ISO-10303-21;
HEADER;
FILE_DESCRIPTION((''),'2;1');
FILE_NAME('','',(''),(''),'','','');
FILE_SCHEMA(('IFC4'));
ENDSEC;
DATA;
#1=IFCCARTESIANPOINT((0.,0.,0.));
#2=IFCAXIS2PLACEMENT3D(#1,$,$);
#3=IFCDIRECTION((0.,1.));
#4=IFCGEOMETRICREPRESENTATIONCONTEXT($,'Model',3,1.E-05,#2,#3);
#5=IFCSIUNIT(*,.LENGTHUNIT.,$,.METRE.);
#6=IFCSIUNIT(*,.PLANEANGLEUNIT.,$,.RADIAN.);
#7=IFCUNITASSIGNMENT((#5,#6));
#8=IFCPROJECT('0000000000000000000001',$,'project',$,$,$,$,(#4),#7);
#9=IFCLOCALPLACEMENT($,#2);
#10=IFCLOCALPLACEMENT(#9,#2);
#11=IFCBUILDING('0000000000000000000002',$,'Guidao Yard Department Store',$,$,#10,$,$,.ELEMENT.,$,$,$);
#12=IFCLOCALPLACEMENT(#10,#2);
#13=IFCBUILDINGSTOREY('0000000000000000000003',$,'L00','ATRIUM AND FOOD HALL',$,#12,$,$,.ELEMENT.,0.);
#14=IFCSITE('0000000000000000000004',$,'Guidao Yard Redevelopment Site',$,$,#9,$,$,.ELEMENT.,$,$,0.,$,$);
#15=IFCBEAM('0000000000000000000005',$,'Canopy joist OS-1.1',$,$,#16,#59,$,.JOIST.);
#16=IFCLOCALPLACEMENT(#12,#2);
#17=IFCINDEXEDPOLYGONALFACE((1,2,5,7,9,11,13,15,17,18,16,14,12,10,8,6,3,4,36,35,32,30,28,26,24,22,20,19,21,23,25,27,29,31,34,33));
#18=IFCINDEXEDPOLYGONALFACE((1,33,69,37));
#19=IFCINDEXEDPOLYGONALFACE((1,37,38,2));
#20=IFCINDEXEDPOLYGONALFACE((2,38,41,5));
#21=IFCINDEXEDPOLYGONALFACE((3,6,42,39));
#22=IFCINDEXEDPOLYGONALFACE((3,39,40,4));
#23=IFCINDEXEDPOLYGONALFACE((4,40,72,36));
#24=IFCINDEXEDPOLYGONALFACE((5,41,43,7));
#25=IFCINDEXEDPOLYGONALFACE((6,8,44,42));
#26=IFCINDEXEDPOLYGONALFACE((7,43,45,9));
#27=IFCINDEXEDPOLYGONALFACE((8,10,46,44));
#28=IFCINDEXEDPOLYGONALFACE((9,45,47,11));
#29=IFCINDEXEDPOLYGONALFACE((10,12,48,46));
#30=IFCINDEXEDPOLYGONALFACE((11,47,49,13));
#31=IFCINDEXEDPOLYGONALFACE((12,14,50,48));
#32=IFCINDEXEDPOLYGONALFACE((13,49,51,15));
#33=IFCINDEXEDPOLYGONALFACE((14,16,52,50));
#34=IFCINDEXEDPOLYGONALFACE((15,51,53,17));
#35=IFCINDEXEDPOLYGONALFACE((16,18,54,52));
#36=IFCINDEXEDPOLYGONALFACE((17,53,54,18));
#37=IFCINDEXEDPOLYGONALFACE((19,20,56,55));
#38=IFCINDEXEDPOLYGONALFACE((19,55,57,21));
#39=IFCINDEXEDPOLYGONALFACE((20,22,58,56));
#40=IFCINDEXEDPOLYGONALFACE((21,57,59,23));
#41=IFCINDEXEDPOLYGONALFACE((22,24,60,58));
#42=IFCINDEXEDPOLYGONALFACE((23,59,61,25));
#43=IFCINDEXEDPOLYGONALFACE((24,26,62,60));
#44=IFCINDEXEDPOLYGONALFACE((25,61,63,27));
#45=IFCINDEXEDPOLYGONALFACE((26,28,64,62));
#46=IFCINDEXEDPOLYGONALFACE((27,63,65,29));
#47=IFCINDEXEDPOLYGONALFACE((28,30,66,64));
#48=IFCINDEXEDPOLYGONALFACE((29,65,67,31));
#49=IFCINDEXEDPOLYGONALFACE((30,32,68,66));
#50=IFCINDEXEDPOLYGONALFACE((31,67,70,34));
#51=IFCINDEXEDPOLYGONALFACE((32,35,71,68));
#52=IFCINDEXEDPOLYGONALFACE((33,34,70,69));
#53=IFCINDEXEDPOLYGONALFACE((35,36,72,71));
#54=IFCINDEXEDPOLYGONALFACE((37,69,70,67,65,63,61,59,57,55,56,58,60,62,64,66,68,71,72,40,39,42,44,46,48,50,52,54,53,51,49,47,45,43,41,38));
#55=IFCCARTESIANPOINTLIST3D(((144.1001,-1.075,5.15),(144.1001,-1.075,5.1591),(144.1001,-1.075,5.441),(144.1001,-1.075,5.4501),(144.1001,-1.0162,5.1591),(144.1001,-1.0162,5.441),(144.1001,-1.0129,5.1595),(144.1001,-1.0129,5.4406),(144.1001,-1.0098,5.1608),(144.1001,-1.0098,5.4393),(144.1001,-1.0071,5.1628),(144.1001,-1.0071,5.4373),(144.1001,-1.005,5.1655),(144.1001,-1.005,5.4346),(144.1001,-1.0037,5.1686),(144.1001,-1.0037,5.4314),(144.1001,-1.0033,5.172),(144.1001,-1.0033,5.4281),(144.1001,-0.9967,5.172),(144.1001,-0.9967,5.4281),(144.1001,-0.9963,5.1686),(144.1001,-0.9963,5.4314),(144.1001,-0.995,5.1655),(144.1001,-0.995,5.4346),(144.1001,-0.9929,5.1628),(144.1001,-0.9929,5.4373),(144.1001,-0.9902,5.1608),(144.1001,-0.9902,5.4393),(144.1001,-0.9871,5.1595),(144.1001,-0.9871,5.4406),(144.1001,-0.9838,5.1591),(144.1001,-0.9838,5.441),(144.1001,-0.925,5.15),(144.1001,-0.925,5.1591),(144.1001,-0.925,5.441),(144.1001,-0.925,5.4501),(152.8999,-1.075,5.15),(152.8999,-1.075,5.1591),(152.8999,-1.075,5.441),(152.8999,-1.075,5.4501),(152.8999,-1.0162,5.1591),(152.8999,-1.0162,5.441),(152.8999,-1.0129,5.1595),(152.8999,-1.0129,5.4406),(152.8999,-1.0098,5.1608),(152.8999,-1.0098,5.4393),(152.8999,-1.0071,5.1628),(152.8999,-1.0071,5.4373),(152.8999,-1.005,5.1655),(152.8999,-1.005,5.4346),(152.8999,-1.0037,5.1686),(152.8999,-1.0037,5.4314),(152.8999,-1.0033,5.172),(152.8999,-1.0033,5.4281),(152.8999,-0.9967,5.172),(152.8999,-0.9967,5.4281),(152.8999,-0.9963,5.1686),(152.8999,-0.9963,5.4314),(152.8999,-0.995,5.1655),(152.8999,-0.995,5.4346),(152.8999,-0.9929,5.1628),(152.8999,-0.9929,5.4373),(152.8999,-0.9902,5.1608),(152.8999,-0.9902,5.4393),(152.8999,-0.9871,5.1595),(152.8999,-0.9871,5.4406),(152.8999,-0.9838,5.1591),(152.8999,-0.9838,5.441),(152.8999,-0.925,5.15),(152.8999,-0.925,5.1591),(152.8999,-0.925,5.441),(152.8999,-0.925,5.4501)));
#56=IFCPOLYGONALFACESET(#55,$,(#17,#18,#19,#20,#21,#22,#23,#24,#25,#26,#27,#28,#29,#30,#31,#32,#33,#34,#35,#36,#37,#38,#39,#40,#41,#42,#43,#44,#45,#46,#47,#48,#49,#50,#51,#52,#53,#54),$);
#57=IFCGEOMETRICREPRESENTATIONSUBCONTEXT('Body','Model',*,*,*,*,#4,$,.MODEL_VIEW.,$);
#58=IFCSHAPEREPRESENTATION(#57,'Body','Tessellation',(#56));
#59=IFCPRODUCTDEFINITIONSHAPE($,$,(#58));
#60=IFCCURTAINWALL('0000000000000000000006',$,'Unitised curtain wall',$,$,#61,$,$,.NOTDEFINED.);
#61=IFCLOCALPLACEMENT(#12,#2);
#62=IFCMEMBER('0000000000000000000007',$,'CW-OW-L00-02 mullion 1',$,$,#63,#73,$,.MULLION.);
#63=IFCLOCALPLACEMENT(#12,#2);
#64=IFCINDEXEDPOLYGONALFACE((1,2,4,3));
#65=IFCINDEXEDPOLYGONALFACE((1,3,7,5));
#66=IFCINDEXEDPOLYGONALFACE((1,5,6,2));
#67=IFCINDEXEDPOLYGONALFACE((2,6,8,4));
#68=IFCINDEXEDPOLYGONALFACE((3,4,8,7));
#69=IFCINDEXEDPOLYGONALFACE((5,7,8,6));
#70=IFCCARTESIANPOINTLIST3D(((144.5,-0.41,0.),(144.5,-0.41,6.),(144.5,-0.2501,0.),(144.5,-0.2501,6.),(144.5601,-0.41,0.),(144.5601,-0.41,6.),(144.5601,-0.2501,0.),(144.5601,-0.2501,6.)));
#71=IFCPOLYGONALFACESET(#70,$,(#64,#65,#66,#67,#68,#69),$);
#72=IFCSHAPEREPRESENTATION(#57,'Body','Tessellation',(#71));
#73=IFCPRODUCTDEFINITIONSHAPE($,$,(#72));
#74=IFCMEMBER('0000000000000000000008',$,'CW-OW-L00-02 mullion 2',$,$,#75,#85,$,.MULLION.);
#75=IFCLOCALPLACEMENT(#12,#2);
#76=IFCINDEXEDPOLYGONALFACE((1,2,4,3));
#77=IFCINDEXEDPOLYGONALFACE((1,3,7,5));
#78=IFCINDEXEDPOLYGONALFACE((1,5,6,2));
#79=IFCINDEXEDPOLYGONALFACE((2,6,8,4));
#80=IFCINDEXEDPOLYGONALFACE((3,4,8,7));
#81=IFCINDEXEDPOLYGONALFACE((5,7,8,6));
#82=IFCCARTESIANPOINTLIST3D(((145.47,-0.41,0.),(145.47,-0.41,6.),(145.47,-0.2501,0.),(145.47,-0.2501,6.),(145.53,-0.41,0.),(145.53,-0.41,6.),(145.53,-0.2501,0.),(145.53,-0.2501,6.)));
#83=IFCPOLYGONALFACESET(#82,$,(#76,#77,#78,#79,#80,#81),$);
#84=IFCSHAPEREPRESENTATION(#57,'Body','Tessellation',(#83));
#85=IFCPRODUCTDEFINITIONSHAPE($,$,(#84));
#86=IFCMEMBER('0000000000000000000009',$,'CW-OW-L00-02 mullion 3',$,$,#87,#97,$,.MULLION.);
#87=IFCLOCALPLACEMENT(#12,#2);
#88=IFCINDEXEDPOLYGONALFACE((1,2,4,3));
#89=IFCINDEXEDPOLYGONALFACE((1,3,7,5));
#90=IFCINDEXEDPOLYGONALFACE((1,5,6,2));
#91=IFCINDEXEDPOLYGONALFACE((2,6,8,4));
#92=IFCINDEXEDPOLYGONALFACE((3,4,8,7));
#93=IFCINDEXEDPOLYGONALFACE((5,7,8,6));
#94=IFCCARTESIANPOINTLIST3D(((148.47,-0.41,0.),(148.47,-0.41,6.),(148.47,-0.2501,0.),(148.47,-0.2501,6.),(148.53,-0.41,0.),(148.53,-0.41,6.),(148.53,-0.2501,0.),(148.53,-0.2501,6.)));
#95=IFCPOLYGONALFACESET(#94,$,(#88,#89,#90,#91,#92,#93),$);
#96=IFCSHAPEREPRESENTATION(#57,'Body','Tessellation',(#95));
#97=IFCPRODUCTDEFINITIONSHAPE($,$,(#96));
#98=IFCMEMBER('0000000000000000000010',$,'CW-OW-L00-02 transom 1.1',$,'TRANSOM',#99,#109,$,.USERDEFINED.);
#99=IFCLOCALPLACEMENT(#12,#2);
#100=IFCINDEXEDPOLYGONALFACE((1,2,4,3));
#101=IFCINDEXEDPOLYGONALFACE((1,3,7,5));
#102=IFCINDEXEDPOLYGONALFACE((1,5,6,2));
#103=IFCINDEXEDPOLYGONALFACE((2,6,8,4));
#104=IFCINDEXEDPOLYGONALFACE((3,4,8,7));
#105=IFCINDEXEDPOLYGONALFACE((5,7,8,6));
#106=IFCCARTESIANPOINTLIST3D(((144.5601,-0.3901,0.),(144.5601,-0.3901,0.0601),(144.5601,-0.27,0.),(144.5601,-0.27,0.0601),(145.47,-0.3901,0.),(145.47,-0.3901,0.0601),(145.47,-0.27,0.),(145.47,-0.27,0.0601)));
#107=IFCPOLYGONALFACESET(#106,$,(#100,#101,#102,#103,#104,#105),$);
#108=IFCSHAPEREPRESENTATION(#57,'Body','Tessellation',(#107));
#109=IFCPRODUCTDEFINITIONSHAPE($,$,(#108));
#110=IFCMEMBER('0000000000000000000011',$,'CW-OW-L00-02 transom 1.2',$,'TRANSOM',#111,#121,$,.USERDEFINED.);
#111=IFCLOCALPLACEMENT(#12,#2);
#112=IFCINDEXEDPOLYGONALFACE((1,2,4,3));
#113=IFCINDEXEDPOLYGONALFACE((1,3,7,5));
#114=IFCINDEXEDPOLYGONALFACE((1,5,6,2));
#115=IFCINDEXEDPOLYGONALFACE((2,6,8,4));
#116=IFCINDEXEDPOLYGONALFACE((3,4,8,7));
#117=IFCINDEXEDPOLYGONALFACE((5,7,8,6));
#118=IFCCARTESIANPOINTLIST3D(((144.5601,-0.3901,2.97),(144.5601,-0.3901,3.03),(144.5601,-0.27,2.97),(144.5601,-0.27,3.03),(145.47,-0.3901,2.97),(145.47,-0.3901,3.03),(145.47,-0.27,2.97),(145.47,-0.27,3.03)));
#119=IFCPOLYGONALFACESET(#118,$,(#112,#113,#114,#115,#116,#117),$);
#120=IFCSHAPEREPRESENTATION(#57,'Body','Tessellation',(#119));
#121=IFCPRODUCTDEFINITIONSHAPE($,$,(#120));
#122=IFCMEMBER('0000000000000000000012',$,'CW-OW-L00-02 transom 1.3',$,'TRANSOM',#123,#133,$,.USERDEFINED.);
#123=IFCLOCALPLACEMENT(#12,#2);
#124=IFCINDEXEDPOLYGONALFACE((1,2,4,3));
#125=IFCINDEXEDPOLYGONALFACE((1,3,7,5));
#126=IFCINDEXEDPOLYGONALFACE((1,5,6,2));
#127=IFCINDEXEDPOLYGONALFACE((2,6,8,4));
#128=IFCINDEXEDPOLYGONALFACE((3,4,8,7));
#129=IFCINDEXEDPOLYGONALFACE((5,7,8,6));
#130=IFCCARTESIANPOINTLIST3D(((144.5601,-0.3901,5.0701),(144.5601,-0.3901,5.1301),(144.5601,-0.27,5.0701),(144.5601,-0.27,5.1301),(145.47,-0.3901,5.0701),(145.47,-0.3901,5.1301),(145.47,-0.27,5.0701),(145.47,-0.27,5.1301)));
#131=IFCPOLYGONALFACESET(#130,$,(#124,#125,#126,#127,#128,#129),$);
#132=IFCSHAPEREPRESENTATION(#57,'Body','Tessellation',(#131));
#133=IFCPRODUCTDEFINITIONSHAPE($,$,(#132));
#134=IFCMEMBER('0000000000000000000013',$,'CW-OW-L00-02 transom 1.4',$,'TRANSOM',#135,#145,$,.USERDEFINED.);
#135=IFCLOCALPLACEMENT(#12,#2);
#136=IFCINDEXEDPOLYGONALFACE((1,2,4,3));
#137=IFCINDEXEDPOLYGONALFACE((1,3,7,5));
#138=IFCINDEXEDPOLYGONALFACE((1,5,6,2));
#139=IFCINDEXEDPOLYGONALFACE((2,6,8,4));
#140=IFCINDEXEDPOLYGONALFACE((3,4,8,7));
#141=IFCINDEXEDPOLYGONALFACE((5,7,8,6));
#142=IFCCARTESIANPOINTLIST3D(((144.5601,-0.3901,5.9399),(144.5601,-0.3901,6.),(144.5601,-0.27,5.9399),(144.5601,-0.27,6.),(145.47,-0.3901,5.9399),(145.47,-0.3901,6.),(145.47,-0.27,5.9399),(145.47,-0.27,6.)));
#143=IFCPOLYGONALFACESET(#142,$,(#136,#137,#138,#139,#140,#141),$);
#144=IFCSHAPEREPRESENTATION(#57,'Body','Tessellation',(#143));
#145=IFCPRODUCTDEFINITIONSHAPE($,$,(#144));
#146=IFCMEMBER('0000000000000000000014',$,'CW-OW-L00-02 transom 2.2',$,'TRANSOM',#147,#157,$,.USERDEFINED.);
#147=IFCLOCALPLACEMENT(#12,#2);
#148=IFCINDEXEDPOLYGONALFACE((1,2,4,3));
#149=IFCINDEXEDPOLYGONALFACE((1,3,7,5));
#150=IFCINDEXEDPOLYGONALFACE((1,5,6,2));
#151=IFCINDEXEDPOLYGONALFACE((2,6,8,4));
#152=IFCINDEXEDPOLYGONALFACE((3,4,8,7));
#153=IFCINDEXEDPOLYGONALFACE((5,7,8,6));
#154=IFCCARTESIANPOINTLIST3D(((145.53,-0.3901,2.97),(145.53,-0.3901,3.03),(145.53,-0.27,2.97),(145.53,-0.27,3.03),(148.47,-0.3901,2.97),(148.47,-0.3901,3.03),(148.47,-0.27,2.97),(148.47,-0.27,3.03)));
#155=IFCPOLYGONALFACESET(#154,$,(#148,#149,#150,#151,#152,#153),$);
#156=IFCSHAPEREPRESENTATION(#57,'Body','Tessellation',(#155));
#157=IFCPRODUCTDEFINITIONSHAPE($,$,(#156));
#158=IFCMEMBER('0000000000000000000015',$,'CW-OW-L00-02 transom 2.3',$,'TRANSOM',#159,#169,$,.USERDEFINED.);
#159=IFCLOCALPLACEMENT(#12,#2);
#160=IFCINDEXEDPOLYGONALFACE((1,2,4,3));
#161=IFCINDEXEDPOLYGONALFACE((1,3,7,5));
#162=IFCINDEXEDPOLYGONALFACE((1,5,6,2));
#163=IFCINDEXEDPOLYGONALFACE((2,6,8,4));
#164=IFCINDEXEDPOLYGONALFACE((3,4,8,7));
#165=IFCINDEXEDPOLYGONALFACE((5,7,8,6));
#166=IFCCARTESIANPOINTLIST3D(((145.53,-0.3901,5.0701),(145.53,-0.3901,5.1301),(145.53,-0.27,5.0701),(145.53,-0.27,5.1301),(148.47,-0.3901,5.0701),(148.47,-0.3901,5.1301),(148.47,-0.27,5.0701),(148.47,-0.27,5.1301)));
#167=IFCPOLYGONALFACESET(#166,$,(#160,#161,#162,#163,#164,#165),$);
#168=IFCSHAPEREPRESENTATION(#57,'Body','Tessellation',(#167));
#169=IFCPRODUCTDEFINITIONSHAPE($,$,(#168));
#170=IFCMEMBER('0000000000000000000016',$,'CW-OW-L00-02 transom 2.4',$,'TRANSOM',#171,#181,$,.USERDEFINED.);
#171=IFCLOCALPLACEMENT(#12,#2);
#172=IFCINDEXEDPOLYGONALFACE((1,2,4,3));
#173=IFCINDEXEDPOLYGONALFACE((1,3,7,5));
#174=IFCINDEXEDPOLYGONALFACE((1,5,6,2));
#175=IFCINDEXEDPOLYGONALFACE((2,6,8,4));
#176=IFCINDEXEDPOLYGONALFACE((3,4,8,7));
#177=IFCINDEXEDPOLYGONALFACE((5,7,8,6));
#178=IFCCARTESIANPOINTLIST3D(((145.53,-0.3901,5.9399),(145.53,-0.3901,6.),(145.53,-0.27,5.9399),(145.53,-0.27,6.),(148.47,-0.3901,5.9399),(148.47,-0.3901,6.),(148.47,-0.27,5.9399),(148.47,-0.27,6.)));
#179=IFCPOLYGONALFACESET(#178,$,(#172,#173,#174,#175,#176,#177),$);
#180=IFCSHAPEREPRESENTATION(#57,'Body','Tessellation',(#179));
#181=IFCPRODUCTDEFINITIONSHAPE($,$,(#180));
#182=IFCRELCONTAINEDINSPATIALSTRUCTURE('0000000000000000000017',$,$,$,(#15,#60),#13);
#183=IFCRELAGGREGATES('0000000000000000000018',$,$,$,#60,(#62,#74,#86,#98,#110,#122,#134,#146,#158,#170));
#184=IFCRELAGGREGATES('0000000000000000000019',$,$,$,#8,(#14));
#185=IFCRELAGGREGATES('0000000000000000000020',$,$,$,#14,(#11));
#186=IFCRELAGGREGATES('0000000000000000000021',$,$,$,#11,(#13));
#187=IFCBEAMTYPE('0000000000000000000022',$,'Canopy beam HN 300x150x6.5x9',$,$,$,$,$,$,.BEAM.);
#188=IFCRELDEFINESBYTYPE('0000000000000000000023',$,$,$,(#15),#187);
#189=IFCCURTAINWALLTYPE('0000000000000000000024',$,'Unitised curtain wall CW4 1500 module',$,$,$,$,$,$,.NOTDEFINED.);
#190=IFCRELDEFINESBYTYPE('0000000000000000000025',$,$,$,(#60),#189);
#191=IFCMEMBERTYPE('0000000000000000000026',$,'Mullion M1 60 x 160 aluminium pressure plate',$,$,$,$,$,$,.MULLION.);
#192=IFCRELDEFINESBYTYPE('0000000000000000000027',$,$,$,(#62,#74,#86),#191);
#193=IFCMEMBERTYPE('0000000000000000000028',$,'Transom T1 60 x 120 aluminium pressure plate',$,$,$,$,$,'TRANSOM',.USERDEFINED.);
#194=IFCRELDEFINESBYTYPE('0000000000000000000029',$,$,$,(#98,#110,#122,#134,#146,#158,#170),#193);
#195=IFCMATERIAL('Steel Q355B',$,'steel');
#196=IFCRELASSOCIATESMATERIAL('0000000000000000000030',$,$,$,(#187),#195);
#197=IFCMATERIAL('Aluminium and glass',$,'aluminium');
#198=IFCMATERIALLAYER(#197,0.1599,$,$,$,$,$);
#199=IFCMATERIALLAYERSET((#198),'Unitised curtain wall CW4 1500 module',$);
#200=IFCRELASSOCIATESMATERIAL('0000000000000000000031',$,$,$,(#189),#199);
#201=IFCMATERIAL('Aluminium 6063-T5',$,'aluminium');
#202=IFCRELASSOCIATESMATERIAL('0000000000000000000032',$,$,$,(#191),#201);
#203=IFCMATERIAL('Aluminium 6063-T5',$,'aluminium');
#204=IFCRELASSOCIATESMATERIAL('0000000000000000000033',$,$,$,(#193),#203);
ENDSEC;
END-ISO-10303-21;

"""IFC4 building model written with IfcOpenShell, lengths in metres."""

from ifc_helpers import new_model, si_unit, direction, frame, origin, origin_2d, place, context, subcontext, project, spatial, rectangle, i_section, extrude, material, layer, layer_set, material_profile, profile_set, type_object, element, aggregate, save


model = new_model("IFC4")

# Units and contexts
model_context = context("Model", 3, precision=1e-05, world=origin(), true_north=direction((0.0, 1.0)))
body_context = subcontext(model_context, "Body", "Model", "MODEL_VIEW")
ifc_project = project(units=[si_unit("LENGTHUNIT", "METRE"), si_unit("PLANEANGLEUNIT", "RADIAN")], contexts=[model_context])

# Site, building, storey
site_placement = place(None, origin())
site = spatial("IfcSite", under=ifc_project, at=site_placement, Name="Guidao Yard Redevelopment Site", CompositionType="ELEMENT", RefElevation=0.0)
building_placement = place(site_placement, origin())
building = spatial("IfcBuilding", under=site, at=building_placement, Name="Guidao Yard Department Store", CompositionType="ELEMENT")
storey_placement = place(building_placement, origin())
storey = spatial("IfcBuildingStorey", under=building, at=storey_placement, Name="L00", Description="ATRIUM AND FOOD HALL", CompositionType="ELEMENT", Elevation=0.0)

# Beam
ifc_material_1 = material(Name="Steel Q355B", Category="steel")
ifc_material_profile_1 = material_profile(ifc_material_1, i_section(OverallWidth=0.1499, OverallDepth=0.3, WebThickness=0.0066, FlangeThickness=0.009, FilletRadius=0.0129, at=origin_2d()), Name="HN 300x150x6.5x9")
ifc_profile_set_1 = profile_set([ifc_material_profile_1], Name="Steel Q355B")
beam_type = type_object("IfcBeamType", Name="Canopy beam HN 300x150x6.5x9", PredefinedType="BEAM", material=ifc_profile_set_1)
beam_placement = place(storey_placement, frame((144.1001, -1.0, 5.3), z_axis=(1.0, 0.0, 0.0), x_axis=(0.0, 1.0, 0.0)))
element("IfcBeam", 1, at=beam_placement, inside=storey, type_object=beam_type, Name="Canopy joist OS-1.1", PredefinedType="JOIST", context=body_context, shape_type="SweptSolid", body=[
    extrude(i_section(OverallWidth=0.1499, OverallDepth=0.3, WebThickness=0.0066, FlangeThickness=0.009, FilletRadius=0.0129, at=origin_2d()), origin(), (0.0, 0.0, 1.0), 8.7998),
])

# Curtain wall, members
ifc_material_2 = material(Name="Aluminium and glass", Category="aluminium")
ifc_layer_1 = layer(ifc_material_2, 0.1599)
ifc_layer_set_1 = layer_set([ifc_layer_1], Name="Unitised curtain wall CW4 1500 module")
curtain_wall_type = type_object("IfcCurtainWallType", Name="Unitised curtain wall CW4 1500 module", PredefinedType="NOTDEFINED", material=ifc_layer_set_1)
curtain_wall_placement = place(storey_placement, origin())
curtain_wall = element("IfcCurtainWall", 2, at=curtain_wall_placement, inside=storey, type_object=curtain_wall_type, Name="Unitised curtain wall", PredefinedType="NOTDEFINED")
ifc_material_3 = material(Name="Aluminium 6063-T5", Category="aluminium")
ifc_material_profile_2 = material_profile(ifc_material_3, rectangle(XDim=0.0601, YDim=0.1599, at=origin_2d()), Name="Mullion M1 60 x 160 aluminium pressure plate")
ifc_profile_set_2 = profile_set([ifc_material_profile_2], Name="Aluminium 6063-T5")
member_type_1 = type_object("IfcMemberType", Name="Mullion M1 60 x 160 aluminium pressure plate", PredefinedType="MULLION", material=ifc_profile_set_2)
member_1_placement = place(storey_placement, frame((144.53, -0.3301, 0.0), z_axis=(0.0, 0.0, 1.0), x_axis=(-1.0, 0.0, 0.0)))
member_1 = element("IfcMember", 3, at=member_1_placement, type_object=member_type_1, Name="CW-OW-L00-02 mullion 1", PredefinedType="MULLION", context=body_context, shape_type="SweptSolid", body=[
    extrude(rectangle(XDim=0.0601, YDim=0.1599, at=origin_2d()), origin(), (0.0, 0.0, 1.0), 6.0),
])
member_2_placement = place(storey_placement, frame((145.5, -0.3301, 0.0), z_axis=(0.0, 0.0, 1.0), x_axis=(-1.0, 0.0, 0.0)))
member_2 = element("IfcMember", 4, at=member_2_placement, type_object=member_type_1, Name="CW-OW-L00-02 mullion 2", PredefinedType="MULLION", context=body_context, shape_type="SweptSolid", body=[
    extrude(rectangle(XDim=0.0601, YDim=0.1599, at=origin_2d()), origin(), (0.0, 0.0, 1.0), 6.0),
])
member_3_placement = place(storey_placement, frame((148.5, -0.3301, 0.0), z_axis=(0.0, 0.0, 1.0), x_axis=(-1.0, 0.0, 0.0)))
member_3 = element("IfcMember", 5, at=member_3_placement, type_object=member_type_1, Name="CW-OW-L00-02 mullion 3", PredefinedType="MULLION", context=body_context, shape_type="SweptSolid", body=[
    extrude(rectangle(XDim=0.0601, YDim=0.1599, at=origin_2d()), origin(), (0.0, 0.0, 1.0), 6.0),
])
ifc_material_4 = material(Name="Aluminium 6063-T5", Category="aluminium")
ifc_material_profile_3 = material_profile(ifc_material_4, rectangle(XDim=0.1201, YDim=0.0601, at=origin_2d()), Name="Transom T1 60 x 120 aluminium pressure plate")
ifc_profile_set_3 = profile_set([ifc_material_profile_3], Name="Aluminium 6063-T5")
member_type_2 = type_object("IfcMemberType", Name="Transom T1 60 x 120 aluminium pressure plate", ElementType="TRANSOM", PredefinedType="USERDEFINED", material=ifc_profile_set_3)
member_4_placement = place(storey_placement, frame((145.47, -0.3301, 0.03), z_axis=(-1.0, 0.0, 0.0), x_axis=(0.0, -1.0, 0.0)))
member_4 = element("IfcMember", 6, at=member_4_placement, type_object=member_type_2, Name="CW-OW-L00-02 transom 1.1", ObjectType="TRANSOM", PredefinedType="USERDEFINED", context=body_context, shape_type="SweptSolid", body=[
    extrude(rectangle(XDim=0.1201, YDim=0.0601, at=origin_2d()), origin(), (0.0, 0.0, 1.0), 0.9099),
])
member_5_placement = place(storey_placement, frame((145.47, -0.3301, 3.0), z_axis=(-1.0, 0.0, 0.0), x_axis=(0.0, -1.0, 0.0)))
member_5 = element("IfcMember", 7, at=member_5_placement, type_object=member_type_2, Name="CW-OW-L00-02 transom 1.2", ObjectType="TRANSOM", PredefinedType="USERDEFINED", context=body_context, shape_type="SweptSolid", body=[
    extrude(rectangle(XDim=0.1201, YDim=0.0601, at=origin_2d()), origin(), (0.0, 0.0, 1.0), 0.9099),
])
member_6_placement = place(storey_placement, frame((145.47, -0.3301, 5.1001), z_axis=(-1.0, 0.0, 0.0), x_axis=(0.0, -1.0, 0.0)))
member_6 = element("IfcMember", 8, at=member_6_placement, type_object=member_type_2, Name="CW-OW-L00-02 transom 1.3", ObjectType="TRANSOM", PredefinedType="USERDEFINED", context=body_context, shape_type="SweptSolid", body=[
    extrude(rectangle(XDim=0.1201, YDim=0.0601, at=origin_2d()), origin(), (0.0, 0.0, 1.0), 0.9099),
])
member_7_placement = place(storey_placement, frame((145.47, -0.3301, 5.97), z_axis=(-1.0, 0.0, 0.0), x_axis=(0.0, -1.0, 0.0)))
member_7 = element("IfcMember", 9, at=member_7_placement, type_object=member_type_2, Name="CW-OW-L00-02 transom 1.4", ObjectType="TRANSOM", PredefinedType="USERDEFINED", context=body_context, shape_type="SweptSolid", body=[
    extrude(rectangle(XDim=0.1201, YDim=0.0601, at=origin_2d()), origin(), (0.0, 0.0, 1.0), 0.9099),
])
member_8_placement = place(storey_placement, frame((148.47, -0.3301, 3.0), z_axis=(-1.0, 0.0, 0.0), x_axis=(0.0, -1.0, 0.0)))
member_8 = element("IfcMember", 10, at=member_8_placement, type_object=member_type_2, Name="CW-OW-L00-02 transom 2.2", ObjectType="TRANSOM", PredefinedType="USERDEFINED", context=body_context, shape_type="SweptSolid", body=[
    extrude(rectangle(XDim=0.1201, YDim=0.0601, at=origin_2d()), origin(), (0.0, 0.0, 1.0), 2.9399),
])
member_9_placement = place(storey_placement, frame((148.47, -0.3301, 5.1001), z_axis=(-1.0, 0.0, 0.0), x_axis=(0.0, -1.0, 0.0)))
member_9 = element("IfcMember", 11, at=member_9_placement, type_object=member_type_2, Name="CW-OW-L00-02 transom 2.3", ObjectType="TRANSOM", PredefinedType="USERDEFINED", context=body_context, shape_type="SweptSolid", body=[
    extrude(rectangle(XDim=0.1201, YDim=0.0601, at=origin_2d()), origin(), (0.0, 0.0, 1.0), 2.9399),
])
member_10_placement = place(storey_placement, frame((148.47, -0.3301, 5.97), z_axis=(-1.0, 0.0, 0.0), x_axis=(0.0, -1.0, 0.0)))
member_10 = element("IfcMember", 12, at=member_10_placement, type_object=member_type_2, Name="CW-OW-L00-02 transom 2.4", ObjectType="TRANSOM", PredefinedType="USERDEFINED", context=body_context, shape_type="SweptSolid", body=[
    extrude(rectangle(XDim=0.1201, YDim=0.0601, at=origin_2d()), origin(), (0.0, 0.0, 1.0), 2.9399),
])

aggregate(curtain_wall, [member_1, member_2, member_3, member_4, member_5, member_6, member_7, member_8, member_9, member_10])

save(model, "model.ifc")
